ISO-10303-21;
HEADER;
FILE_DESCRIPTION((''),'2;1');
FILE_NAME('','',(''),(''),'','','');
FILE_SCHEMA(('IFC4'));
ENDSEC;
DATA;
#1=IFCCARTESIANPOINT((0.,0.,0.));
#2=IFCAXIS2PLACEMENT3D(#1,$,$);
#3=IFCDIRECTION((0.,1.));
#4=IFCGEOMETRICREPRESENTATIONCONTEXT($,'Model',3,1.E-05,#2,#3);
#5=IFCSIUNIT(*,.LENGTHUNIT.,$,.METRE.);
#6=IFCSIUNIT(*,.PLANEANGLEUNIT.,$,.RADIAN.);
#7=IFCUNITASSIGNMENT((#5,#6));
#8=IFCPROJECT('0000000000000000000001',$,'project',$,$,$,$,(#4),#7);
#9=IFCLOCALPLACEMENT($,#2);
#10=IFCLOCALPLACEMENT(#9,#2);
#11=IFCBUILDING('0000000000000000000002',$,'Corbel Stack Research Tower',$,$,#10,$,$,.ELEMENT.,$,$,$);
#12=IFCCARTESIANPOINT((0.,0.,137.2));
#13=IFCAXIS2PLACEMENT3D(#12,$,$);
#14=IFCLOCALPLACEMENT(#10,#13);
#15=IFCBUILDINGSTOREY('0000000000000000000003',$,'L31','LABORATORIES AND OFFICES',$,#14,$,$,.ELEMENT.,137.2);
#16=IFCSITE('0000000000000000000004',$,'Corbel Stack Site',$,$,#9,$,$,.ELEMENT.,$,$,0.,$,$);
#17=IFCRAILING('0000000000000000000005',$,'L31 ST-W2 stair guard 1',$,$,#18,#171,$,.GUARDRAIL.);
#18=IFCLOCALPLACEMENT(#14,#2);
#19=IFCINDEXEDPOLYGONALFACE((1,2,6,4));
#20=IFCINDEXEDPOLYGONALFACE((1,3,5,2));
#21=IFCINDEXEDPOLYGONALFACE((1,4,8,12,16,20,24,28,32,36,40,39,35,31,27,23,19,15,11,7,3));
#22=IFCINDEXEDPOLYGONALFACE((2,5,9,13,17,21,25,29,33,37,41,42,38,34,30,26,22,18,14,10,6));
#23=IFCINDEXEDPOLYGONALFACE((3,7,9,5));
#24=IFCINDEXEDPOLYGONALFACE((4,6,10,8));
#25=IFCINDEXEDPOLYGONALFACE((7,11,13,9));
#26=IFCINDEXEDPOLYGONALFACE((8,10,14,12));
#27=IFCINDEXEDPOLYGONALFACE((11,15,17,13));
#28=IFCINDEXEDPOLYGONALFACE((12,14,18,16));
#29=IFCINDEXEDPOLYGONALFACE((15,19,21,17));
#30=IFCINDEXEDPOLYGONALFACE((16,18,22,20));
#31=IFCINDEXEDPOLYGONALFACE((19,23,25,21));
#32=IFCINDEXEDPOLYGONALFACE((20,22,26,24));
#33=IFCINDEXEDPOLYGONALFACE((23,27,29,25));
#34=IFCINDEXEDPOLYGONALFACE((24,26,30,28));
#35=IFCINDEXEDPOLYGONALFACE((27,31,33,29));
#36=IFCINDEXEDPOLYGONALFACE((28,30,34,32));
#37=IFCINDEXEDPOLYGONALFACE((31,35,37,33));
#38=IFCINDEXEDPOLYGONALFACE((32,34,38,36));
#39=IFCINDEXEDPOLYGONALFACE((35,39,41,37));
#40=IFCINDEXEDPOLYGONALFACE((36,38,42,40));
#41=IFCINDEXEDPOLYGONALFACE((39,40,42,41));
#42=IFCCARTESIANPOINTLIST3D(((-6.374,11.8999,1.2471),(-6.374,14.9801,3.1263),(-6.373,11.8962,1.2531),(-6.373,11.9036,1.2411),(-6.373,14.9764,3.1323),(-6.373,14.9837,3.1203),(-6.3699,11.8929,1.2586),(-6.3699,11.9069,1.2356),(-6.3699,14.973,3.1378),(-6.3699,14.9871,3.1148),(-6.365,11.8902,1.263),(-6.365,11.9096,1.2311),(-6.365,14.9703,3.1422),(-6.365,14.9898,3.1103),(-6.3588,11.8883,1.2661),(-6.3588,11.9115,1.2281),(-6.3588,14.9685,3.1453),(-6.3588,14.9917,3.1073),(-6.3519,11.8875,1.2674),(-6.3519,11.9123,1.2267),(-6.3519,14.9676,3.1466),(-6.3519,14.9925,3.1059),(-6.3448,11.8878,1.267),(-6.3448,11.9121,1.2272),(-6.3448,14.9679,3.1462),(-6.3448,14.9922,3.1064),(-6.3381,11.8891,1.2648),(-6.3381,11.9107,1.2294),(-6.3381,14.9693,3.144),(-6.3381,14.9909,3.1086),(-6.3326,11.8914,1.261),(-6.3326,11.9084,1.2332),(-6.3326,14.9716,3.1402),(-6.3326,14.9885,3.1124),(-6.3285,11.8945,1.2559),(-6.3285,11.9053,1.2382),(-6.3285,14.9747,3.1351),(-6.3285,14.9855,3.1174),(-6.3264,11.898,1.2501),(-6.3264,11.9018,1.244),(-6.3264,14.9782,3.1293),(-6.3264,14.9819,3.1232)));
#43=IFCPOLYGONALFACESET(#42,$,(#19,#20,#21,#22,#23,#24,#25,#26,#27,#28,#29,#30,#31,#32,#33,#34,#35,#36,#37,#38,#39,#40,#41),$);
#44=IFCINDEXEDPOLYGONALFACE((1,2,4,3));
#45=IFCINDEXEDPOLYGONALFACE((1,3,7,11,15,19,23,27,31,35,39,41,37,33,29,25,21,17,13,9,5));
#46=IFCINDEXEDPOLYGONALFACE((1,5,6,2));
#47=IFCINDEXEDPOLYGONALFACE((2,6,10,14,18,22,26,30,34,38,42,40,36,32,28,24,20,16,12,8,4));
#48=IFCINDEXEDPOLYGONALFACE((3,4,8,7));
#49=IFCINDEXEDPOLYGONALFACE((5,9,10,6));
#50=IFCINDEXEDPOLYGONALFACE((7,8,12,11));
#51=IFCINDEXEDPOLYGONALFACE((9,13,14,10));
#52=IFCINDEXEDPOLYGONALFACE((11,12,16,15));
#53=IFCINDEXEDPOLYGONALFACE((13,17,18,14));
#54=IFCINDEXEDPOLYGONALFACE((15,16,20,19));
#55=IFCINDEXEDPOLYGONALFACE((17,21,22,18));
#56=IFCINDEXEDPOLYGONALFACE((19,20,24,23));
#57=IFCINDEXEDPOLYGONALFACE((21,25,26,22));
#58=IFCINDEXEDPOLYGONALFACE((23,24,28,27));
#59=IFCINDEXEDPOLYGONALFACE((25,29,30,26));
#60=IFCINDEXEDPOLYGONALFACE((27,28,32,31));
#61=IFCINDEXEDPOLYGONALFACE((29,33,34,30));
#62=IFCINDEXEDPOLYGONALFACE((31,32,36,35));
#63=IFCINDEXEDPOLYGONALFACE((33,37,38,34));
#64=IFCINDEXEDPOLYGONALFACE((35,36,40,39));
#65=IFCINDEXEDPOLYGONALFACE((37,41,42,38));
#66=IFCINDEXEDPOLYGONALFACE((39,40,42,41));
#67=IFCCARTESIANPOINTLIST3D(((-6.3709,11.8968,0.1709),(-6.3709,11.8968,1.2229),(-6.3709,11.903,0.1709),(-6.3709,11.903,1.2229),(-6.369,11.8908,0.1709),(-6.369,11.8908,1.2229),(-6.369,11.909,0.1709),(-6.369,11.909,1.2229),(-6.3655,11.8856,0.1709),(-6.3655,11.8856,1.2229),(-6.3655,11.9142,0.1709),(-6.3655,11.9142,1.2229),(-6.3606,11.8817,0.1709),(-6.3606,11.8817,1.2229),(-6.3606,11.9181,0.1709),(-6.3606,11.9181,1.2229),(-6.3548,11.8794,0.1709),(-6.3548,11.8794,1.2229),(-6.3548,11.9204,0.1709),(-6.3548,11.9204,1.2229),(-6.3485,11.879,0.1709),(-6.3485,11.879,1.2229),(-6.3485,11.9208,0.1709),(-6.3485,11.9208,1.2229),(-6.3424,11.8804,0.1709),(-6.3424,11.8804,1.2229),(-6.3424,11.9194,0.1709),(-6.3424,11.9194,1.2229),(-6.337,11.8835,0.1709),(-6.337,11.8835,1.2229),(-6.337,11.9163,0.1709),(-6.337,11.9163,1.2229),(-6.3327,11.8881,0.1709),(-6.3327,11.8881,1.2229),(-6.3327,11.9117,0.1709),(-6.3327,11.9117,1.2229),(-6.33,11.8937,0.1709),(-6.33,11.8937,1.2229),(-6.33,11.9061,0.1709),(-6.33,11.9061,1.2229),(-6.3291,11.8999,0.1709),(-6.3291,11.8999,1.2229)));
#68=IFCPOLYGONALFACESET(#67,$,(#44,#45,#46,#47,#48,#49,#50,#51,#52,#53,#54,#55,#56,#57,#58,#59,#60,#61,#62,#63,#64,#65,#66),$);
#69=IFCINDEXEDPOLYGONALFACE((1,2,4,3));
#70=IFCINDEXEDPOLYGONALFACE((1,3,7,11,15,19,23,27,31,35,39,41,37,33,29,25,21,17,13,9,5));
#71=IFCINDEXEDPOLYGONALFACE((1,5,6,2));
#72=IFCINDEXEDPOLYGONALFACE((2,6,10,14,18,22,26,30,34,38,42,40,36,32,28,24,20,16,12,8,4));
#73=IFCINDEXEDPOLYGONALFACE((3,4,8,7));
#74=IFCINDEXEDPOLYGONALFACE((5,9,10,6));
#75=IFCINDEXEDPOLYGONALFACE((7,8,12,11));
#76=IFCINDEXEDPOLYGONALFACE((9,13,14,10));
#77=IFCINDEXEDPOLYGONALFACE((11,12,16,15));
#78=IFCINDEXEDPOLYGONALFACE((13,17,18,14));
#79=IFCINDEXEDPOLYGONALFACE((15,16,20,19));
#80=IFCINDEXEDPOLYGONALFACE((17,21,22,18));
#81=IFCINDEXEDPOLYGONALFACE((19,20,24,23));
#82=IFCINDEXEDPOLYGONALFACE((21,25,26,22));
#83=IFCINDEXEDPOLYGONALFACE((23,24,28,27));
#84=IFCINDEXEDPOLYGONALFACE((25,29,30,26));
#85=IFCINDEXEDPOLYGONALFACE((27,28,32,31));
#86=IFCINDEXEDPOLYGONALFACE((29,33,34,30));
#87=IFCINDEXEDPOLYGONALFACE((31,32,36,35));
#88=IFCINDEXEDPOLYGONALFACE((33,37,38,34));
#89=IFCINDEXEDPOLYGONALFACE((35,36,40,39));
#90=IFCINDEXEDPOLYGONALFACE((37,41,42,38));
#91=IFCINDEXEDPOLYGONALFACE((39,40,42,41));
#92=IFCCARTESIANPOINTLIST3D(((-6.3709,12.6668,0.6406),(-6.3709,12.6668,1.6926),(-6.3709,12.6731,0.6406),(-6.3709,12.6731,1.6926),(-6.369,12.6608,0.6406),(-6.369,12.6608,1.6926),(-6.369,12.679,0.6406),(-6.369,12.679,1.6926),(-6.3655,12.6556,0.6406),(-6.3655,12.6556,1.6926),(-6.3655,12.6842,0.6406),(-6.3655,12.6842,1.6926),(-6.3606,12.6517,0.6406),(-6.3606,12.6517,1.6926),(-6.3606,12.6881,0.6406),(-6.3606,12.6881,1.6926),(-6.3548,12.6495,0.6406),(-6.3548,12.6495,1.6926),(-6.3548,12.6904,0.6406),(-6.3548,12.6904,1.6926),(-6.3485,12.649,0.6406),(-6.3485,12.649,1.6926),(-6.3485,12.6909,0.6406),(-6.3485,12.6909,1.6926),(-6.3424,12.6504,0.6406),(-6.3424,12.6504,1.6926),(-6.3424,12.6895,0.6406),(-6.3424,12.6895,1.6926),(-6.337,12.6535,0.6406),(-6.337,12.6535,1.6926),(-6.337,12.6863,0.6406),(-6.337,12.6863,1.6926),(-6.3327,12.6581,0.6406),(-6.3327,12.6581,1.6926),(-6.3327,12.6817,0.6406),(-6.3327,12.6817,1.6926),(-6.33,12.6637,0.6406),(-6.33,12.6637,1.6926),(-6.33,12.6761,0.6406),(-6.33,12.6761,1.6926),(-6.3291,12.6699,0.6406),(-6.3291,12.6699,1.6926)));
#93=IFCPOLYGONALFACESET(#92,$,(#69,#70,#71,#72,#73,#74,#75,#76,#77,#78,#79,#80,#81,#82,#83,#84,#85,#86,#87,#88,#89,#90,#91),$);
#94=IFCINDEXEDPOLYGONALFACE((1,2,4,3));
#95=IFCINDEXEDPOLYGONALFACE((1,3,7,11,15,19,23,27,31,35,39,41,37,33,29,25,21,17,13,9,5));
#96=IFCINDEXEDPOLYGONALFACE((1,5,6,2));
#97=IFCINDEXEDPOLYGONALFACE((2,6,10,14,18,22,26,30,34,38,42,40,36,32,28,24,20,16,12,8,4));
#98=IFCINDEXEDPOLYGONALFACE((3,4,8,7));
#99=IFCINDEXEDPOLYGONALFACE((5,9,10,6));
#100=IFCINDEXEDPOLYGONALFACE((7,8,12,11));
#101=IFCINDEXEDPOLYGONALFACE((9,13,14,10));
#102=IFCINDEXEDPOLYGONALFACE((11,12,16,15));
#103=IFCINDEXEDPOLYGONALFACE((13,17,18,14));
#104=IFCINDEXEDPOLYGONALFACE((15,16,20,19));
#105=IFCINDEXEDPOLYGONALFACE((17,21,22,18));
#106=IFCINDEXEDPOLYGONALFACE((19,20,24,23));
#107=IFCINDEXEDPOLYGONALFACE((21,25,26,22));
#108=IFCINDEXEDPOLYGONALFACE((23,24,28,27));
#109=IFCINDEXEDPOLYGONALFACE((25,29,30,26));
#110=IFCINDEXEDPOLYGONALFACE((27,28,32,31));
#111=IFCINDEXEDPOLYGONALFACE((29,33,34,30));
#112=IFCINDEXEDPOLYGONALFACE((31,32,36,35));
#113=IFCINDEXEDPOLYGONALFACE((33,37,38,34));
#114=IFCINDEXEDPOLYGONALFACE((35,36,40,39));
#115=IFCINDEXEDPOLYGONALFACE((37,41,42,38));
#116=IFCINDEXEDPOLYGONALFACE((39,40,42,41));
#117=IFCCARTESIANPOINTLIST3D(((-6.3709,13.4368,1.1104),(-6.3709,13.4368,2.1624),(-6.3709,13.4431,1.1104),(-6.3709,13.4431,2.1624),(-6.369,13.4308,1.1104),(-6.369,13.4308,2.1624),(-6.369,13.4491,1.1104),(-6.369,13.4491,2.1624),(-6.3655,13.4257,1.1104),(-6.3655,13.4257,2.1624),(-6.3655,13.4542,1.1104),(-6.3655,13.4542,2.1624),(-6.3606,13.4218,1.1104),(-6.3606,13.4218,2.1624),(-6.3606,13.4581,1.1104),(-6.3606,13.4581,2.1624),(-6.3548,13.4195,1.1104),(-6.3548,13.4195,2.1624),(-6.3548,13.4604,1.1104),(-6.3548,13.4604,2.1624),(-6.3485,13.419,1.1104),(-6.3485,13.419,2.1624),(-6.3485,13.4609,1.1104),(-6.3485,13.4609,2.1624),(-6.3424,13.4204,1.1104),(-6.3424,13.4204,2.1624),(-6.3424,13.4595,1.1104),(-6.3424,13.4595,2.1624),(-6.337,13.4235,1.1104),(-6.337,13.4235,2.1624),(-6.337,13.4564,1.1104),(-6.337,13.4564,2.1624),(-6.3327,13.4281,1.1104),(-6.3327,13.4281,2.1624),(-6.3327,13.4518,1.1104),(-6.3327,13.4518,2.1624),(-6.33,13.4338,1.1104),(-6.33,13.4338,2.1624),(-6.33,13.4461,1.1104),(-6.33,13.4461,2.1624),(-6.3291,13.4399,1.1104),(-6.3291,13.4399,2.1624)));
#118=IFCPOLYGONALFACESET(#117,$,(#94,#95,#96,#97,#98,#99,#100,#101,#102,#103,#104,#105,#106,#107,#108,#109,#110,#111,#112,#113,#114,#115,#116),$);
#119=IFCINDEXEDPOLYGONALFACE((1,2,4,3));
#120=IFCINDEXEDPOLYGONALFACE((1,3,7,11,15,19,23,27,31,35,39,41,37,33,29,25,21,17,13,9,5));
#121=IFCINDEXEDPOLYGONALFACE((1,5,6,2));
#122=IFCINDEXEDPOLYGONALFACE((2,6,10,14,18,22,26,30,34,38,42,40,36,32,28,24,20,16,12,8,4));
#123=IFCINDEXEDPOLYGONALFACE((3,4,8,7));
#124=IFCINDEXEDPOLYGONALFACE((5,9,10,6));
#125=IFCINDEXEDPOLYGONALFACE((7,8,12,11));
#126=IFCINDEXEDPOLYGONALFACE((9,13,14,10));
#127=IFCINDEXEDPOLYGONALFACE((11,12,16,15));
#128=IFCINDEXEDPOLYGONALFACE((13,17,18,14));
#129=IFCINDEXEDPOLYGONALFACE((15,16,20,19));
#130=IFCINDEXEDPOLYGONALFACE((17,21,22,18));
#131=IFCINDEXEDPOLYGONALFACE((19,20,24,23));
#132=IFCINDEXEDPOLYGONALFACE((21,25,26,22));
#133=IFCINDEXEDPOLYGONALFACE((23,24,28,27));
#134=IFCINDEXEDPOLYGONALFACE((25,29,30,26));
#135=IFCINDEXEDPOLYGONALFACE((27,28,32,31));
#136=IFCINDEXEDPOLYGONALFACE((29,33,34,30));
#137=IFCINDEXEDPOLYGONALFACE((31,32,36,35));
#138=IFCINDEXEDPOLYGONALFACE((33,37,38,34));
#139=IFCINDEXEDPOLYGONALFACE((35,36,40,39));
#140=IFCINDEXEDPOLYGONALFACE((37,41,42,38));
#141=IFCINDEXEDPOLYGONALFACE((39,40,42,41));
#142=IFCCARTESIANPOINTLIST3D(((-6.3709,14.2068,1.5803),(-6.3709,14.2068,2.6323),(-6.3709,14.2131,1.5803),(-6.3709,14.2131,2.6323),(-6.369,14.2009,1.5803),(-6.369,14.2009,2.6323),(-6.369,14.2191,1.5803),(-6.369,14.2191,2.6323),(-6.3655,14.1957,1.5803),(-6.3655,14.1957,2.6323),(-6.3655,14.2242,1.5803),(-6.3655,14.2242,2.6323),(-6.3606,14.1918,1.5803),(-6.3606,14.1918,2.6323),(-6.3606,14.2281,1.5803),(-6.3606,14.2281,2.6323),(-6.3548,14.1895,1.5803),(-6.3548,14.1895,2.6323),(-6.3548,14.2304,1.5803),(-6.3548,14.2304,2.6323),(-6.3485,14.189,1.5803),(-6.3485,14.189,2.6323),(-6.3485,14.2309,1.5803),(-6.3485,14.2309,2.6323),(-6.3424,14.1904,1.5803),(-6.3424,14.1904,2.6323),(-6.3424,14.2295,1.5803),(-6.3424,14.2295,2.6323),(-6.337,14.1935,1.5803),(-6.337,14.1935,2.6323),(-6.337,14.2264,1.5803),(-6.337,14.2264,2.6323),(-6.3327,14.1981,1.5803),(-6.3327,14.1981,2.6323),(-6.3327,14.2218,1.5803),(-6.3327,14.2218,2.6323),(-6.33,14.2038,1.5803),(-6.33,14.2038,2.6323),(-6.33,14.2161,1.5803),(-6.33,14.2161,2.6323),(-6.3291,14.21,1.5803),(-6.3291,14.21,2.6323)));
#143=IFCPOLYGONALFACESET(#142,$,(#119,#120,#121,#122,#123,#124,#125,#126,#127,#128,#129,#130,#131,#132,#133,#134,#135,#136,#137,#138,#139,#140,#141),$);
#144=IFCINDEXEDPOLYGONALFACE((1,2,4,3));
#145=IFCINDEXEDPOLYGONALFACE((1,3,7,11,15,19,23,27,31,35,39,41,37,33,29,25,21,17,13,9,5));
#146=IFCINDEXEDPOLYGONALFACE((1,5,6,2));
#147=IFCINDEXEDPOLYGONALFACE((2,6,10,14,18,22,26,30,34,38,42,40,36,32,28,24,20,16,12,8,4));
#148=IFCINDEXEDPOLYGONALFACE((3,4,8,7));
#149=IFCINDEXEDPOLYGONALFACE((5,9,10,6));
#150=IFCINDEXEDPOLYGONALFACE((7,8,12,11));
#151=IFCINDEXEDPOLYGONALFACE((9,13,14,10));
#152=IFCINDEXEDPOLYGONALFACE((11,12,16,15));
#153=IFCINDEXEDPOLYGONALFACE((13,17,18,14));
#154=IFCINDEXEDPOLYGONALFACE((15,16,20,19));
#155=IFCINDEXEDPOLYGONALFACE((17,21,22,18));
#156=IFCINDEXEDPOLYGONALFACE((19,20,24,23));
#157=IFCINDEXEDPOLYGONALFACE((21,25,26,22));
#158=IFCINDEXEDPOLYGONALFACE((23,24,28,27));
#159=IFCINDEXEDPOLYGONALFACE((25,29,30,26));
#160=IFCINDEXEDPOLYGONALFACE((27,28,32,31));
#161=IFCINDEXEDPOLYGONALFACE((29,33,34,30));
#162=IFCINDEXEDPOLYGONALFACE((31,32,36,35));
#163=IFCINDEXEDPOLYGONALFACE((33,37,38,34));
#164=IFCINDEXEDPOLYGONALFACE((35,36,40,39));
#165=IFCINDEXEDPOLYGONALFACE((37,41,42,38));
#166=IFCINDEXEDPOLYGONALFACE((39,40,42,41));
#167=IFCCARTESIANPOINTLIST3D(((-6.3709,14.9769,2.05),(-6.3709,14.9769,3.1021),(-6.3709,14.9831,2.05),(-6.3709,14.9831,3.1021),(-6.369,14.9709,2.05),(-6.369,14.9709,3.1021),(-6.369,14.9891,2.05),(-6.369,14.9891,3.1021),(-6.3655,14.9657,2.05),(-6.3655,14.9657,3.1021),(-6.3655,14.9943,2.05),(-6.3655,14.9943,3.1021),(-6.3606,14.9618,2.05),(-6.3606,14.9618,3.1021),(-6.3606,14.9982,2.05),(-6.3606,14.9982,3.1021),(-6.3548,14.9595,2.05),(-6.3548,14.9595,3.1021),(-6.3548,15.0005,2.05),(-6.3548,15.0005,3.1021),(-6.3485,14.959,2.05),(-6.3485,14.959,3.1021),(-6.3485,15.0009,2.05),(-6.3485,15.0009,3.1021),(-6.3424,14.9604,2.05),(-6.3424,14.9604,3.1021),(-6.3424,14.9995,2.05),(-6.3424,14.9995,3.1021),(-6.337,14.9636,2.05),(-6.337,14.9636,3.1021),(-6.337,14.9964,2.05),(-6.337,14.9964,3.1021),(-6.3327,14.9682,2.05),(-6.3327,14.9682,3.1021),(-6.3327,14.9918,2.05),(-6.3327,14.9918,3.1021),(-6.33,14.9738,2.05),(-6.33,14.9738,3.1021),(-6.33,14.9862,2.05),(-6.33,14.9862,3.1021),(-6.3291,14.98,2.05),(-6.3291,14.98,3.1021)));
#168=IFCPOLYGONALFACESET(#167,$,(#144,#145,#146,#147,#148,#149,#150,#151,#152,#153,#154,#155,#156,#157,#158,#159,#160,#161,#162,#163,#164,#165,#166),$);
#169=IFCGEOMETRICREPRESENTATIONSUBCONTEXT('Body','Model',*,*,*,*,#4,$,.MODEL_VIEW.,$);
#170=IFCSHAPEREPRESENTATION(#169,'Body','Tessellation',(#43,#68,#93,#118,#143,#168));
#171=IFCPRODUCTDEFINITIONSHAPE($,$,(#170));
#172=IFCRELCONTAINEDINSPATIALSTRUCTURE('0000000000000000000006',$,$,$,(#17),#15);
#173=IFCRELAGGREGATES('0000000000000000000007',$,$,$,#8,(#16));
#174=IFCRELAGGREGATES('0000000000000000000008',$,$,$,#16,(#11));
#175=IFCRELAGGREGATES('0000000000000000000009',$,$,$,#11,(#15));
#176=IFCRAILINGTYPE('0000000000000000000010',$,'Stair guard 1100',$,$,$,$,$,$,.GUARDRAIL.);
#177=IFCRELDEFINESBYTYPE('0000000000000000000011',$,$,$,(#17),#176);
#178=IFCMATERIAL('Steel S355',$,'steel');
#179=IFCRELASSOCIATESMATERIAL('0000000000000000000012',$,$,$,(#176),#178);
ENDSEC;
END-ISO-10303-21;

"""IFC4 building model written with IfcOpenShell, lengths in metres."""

from ifc_helpers import new_model, si_unit, direction, frame, origin, origin_2d, place, context, subcontext, project, spatial, circle, extrude, material, type_object, element, save


model = new_model("IFC4")

# Units and contexts
model_context = context("Model", 3, precision=1e-05, world=origin(), true_north=direction((0.0, 1.0)))
body_context = subcontext(model_context, "Body", "Model", "MODEL_VIEW")
ifc_project = project(units=[si_unit("LENGTHUNIT", "METRE"), si_unit("PLANEANGLEUNIT", "RADIAN")], contexts=[model_context])

# Site, building, storey
site_placement = place(None, origin())
site = spatial("IfcSite", under=ifc_project, at=site_placement, Name="Corbel Stack Site", CompositionType="ELEMENT", RefElevation=0.0)
building_placement = place(site_placement, origin())
building = spatial("IfcBuilding", under=site, at=building_placement, Name="Corbel Stack Research Tower", CompositionType="ELEMENT")
storey_placement = place(building_placement, frame((0.0, 0.0, 137.2)))
storey = spatial("IfcBuildingStorey", under=building, at=storey_placement, Name="L31", Description="LABORATORIES AND OFFICES", CompositionType="ELEMENT", Elevation=137.2)

# Railing
ifc_material_1 = material(Name="Steel S355", Category="steel")
railing_type_1 = type_object("IfcRailingType", Name="Stair guard 1100", PredefinedType="GUARDRAIL", material=ifc_material_1)
railing_1_placement = place(storey_placement, frame((-6.3501, 11.8999, 0.1709)))
element("IfcRailing", 1, at=railing_1_placement, inside=storey, type_object=railing_type_1, Name="L31 ST-W2 stair guard 1", PredefinedType="GUARDRAIL", context=body_context, shape_type="SweptSolid", body=[
    extrude(circle(Radius=0.0239, at=origin_2d()), frame((0.0, 0.0, 1.0762), z_axis=(0.0, 0.853666, 0.52082), x_axis=(-1.0, 0.0, 0.0)), (0.0, 0.0, 1.0), 3.6082),
    extrude(circle(Radius=0.021, at=origin_2d()), origin(), (0.0, 0.0, 1.0), 1.052),
    extrude(circle(Radius=0.021, at=origin_2d()), frame((0.0, 0.77, 0.4697)), (0.0, 0.0, 1.0), 1.052),
    extrude(circle(Radius=0.021, at=origin_2d()), frame((0.0, 1.54, 0.9395)), (0.0, 0.0, 1.0), 1.052),
    extrude(circle(Radius=0.021, at=origin_2d()), frame((0.0, 2.3101, 1.4094)), (0.0, 0.0, 1.0), 1.052),
    extrude(circle(Radius=0.021, at=origin_2d()), frame((0.0, 3.0801, 1.8792)), (0.0, 0.0, 1.0), 1.052),
])

save(model, "model.ifc")
